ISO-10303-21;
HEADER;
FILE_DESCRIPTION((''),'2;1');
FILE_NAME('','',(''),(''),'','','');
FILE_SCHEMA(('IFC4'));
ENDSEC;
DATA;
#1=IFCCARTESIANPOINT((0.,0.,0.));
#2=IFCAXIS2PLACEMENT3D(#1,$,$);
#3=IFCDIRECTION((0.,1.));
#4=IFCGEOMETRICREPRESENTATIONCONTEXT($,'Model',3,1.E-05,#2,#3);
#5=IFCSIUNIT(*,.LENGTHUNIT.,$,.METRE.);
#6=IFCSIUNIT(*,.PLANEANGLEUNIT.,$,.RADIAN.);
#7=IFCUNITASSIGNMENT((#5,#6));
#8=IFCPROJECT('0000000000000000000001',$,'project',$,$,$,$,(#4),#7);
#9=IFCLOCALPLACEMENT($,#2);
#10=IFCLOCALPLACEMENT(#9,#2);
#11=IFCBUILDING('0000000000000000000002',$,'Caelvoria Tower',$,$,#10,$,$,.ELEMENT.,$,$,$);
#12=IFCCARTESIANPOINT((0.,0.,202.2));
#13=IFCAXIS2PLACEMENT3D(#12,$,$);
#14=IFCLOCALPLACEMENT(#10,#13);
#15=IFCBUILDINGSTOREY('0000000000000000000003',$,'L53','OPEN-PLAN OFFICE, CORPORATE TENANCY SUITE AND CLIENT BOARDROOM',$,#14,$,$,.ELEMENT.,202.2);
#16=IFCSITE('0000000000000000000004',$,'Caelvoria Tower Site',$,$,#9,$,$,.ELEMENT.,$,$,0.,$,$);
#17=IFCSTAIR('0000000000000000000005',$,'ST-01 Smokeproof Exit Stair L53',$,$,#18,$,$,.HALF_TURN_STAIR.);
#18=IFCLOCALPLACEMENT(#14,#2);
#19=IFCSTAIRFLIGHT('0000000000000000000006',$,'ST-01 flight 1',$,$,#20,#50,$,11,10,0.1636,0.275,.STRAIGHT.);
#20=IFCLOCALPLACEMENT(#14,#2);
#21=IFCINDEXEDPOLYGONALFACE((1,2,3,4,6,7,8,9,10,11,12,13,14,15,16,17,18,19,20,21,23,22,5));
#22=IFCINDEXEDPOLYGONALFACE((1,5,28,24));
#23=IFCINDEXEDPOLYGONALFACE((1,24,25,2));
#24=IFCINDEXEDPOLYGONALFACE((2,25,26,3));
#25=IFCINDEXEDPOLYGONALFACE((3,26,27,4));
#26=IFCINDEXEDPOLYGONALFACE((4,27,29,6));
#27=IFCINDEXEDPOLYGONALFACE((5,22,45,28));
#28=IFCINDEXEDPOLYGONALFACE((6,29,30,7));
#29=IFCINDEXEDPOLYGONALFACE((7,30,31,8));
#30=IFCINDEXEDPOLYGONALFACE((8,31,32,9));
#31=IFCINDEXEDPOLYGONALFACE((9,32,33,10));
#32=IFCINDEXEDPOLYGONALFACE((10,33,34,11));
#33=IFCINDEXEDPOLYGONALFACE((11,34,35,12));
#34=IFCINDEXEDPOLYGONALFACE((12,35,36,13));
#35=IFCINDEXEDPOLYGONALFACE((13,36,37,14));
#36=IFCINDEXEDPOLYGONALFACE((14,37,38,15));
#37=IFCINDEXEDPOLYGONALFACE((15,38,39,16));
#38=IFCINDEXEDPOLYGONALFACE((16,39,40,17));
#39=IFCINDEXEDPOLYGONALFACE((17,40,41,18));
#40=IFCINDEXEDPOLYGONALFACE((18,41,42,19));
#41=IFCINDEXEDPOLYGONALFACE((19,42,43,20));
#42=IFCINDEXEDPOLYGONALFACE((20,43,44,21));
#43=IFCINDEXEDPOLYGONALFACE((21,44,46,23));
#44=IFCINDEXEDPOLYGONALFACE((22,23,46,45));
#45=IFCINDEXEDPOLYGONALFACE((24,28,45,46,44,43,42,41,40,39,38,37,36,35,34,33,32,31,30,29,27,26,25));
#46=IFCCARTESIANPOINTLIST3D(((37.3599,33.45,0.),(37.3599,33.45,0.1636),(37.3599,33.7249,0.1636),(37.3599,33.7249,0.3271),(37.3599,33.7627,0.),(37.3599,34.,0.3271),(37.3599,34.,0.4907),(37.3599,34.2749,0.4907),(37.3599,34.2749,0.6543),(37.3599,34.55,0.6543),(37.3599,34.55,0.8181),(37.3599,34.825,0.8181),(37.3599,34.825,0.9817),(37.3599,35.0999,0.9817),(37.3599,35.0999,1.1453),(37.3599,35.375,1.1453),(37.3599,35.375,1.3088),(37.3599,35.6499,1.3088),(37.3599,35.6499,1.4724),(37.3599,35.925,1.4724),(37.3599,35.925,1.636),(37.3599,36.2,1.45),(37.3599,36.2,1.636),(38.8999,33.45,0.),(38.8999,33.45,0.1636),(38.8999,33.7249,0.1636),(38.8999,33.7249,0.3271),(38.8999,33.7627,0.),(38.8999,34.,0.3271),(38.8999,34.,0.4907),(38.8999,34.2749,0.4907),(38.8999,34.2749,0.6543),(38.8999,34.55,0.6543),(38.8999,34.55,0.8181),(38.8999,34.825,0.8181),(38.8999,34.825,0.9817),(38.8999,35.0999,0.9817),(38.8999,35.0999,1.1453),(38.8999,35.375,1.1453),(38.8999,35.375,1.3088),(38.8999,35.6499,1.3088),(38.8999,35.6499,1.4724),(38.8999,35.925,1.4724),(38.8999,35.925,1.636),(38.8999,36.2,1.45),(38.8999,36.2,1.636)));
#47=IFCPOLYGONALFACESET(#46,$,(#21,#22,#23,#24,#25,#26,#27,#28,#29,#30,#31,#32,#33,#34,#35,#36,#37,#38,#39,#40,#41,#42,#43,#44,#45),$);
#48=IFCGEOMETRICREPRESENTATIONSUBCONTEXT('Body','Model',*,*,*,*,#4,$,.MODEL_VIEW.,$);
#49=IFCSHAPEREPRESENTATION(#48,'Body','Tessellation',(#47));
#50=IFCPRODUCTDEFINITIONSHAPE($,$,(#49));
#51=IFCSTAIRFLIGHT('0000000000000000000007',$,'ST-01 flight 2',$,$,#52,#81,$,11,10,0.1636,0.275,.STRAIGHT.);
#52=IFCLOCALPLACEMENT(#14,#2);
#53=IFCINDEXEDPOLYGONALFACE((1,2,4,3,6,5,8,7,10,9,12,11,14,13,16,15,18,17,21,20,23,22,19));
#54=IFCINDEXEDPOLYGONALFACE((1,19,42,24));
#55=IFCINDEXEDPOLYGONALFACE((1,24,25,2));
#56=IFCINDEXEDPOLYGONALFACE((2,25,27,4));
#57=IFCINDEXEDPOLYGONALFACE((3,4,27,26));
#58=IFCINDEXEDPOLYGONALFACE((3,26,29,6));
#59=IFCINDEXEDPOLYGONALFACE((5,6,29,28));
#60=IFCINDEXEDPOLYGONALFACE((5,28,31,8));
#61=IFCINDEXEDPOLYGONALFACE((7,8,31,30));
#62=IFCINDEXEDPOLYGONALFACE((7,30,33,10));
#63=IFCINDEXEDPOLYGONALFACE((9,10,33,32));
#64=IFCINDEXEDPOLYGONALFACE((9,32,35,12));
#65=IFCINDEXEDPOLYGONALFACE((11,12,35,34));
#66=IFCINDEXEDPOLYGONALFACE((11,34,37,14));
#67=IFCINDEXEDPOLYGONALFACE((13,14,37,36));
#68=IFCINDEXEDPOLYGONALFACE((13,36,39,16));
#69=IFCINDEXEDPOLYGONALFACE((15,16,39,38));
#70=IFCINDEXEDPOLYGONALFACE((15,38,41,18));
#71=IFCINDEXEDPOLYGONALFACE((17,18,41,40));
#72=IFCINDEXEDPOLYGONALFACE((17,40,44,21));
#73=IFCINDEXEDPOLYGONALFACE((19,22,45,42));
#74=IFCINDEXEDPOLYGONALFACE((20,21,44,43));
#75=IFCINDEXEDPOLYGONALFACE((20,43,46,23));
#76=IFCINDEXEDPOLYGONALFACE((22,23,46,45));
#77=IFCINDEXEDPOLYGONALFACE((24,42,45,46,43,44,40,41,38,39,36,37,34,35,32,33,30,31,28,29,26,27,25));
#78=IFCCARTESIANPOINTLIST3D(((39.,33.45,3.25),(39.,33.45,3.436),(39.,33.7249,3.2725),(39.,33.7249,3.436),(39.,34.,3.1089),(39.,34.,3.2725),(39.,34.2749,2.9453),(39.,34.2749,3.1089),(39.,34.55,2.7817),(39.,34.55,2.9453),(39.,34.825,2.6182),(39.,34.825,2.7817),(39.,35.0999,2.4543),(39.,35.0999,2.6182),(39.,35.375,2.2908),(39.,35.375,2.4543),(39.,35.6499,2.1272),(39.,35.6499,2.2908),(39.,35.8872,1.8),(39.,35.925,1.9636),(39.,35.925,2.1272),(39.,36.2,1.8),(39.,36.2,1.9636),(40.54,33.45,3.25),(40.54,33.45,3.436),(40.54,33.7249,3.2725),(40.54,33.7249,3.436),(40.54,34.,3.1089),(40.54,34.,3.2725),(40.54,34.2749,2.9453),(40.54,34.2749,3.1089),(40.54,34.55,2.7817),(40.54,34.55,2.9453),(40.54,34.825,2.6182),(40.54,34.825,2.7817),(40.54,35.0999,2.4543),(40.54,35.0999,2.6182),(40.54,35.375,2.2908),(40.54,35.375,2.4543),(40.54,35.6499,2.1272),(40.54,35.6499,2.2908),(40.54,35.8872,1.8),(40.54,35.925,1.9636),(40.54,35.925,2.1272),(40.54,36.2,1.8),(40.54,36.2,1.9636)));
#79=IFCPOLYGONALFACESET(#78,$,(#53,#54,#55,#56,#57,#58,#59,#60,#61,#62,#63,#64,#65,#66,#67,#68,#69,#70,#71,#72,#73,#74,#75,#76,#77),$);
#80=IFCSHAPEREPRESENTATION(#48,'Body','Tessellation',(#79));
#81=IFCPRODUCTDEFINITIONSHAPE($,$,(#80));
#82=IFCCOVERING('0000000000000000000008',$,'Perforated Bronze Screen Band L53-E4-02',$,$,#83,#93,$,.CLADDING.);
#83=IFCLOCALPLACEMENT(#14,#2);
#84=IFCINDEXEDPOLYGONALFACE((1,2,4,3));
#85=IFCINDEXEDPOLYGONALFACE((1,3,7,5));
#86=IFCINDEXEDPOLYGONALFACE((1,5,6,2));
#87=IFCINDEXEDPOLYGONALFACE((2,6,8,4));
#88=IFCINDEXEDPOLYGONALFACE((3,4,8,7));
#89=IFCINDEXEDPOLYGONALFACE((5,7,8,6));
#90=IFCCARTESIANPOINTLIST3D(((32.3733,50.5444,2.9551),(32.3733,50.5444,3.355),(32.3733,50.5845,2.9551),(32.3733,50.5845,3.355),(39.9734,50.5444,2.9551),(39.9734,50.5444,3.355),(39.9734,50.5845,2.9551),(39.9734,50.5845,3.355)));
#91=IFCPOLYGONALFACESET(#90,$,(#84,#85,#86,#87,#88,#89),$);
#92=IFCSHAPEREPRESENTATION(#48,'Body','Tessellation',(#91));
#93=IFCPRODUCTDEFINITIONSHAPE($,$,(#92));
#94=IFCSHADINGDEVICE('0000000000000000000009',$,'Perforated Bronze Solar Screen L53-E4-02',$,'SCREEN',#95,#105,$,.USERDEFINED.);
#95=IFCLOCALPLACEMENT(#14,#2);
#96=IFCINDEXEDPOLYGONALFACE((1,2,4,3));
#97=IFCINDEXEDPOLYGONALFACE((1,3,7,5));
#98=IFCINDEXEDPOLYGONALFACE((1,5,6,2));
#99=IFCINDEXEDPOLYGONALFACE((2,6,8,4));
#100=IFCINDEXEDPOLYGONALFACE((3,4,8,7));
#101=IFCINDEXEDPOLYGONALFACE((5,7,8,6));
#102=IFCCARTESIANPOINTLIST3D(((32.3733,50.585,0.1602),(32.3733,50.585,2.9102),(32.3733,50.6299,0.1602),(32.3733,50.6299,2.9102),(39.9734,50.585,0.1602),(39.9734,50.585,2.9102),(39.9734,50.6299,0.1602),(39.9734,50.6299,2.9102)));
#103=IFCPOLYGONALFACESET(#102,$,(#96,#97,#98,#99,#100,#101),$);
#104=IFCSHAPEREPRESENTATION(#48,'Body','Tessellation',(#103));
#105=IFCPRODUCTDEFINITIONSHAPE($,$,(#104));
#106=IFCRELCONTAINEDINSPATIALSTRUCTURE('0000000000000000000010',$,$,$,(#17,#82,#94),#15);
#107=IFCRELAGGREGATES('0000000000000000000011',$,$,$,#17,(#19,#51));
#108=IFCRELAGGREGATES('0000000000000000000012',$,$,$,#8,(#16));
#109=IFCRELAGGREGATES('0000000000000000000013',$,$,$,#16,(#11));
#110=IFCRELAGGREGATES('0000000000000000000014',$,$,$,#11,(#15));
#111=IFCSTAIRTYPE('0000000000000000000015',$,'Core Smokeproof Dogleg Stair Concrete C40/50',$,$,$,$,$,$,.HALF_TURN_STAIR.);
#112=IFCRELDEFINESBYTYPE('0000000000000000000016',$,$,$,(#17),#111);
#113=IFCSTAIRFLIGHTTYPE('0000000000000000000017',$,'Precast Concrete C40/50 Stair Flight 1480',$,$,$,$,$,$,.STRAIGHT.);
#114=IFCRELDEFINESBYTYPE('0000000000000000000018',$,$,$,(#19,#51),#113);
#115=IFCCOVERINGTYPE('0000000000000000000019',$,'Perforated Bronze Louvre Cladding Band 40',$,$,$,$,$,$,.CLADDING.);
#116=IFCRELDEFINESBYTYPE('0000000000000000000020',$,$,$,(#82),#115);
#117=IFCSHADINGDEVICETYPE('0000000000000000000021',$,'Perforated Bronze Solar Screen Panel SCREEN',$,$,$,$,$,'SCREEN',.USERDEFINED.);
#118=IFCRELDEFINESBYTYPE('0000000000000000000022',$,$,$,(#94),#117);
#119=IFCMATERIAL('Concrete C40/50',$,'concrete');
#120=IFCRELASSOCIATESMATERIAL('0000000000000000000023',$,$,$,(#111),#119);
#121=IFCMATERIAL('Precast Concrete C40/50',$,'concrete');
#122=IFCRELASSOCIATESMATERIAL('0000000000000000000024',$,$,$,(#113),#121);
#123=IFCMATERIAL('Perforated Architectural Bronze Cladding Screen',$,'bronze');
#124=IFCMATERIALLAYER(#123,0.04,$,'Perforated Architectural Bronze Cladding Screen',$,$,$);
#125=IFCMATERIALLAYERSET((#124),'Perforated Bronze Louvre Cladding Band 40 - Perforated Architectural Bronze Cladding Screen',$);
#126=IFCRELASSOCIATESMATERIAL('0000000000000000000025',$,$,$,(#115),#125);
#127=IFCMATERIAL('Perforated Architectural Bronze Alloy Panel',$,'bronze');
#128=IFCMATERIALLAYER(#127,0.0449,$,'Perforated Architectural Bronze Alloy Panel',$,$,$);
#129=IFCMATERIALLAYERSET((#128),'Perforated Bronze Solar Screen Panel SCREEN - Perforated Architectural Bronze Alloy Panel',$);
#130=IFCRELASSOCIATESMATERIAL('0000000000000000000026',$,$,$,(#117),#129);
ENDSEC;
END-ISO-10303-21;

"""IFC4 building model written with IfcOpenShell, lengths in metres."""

from ifc_helpers import new_model, si_unit, direction, frame, origin, origin_2d, place, context, subcontext, project, spatial, polyline, rectangle, outline, extrude, material, layer, layer_set, type_object, element, aggregate, save


model = new_model("IFC4")

# Units and contexts
model_context = context("Model", 3, precision=1e-05, world=origin(), true_north=direction((0.0, 1.0)))
body_context = subcontext(model_context, "Body", "Model", "MODEL_VIEW")
ifc_project = project(units=[si_unit("LENGTHUNIT", "METRE"), si_unit("PLANEANGLEUNIT", "RADIAN")], contexts=[model_context])

# Site, building, storey
site_placement = place(None, origin())
site = spatial("IfcSite", under=ifc_project, at=site_placement, Name="Caelvoria Tower Site", CompositionType="ELEMENT", RefElevation=0.0)
building_placement = place(site_placement, origin())
building = spatial("IfcBuilding", under=site, at=building_placement, Name="Caelvoria Tower", CompositionType="ELEMENT")
storey_placement = place(building_placement, frame((0.0, 0.0, 202.2)))
storey = spatial("IfcBuildingStorey", under=building, at=storey_placement, Name="L53", Description="OPEN-PLAN OFFICE, CORPORATE TENANCY SUITE AND CLIENT BOARDROOM", CompositionType="ELEMENT", Elevation=202.2)

# Stair, stair flights
ifc_material_1 = material(Name="Concrete C40/50", Category="concrete")
stair_type = type_object("IfcStairType", Name="Core Smokeproof Dogleg Stair Concrete C40/50", PredefinedType="HALF_TURN_STAIR", material=ifc_material_1)
stair_placement = place(storey_placement, origin())
stair = element("IfcStair", 1, at=stair_placement, inside=storey, type_object=stair_type, Name="ST-01 Smokeproof Exit Stair L53", PredefinedType="HALF_TURN_STAIR")
ifc_material_2 = material(Name="Precast Concrete C40/50", Category="concrete")
stair_flight_type = type_object("IfcStairFlightType", Name="Precast Concrete C40/50 Stair Flight 1480", PredefinedType="STRAIGHT", material=ifc_material_2)
stair_flight_1_placement = place(storey_placement, frame((38.1299, 33.45, 0.0), z_axis=(0.0, 0.0, 1.0), x_axis=(0.0, 1.0, 0.0)))
stair_flight_1 = element("IfcStairFlight", 2, at=stair_flight_1_placement, type_object=stair_flight_type, Name="ST-01 flight 1", NumberOfRisers=11, NumberOfTreads=10, PredefinedType="STRAIGHT", RiserHeight=0.1636, TreadLength=0.275, context=body_context, shape_type="SweptSolid", body=[
    extrude(outline(polyline([(0.0, 0.0), (0.0, 0.1636), (0.2749, 0.1636), (0.2749, 0.3271), (0.55, 0.3271), (0.55, 0.4907), (0.825, 0.4907), (0.825, 0.6543), (1.1001, 0.6543), (1.1001, 0.8181), (1.375, 0.8181), (1.375, 0.9817), (1.6499, 0.9817), (1.6499, 1.1453), (1.925, 1.1453), (1.925, 1.3088), (2.2, 1.3088), (2.2, 1.4724), (2.4751, 1.4724), (2.4751, 1.636), (2.75, 1.636), (2.75, 1.7996), (2.75, 1.45), (0.3127, 0.0), (0.0, 0.0)])), frame((0.0, 0.77, 0.0), z_axis=(0.0, -1.0, 0.0), x_axis=(1.0, 0.0, 0.0)), (0.0, 0.0, 1.0), 1.54),
])
stair_flight_2_placement = place(storey_placement, frame((39.77, 36.2, 1.8), z_axis=(0.0, 0.0, 1.0), x_axis=(0.0, -1.0, 0.0)))
stair_flight_2 = element("IfcStairFlight", 3, at=stair_flight_2_placement, type_object=stair_flight_type, Name="ST-01 flight 2", NumberOfRisers=11, NumberOfTreads=10, PredefinedType="STRAIGHT", RiserHeight=0.1636, TreadLength=0.275, context=body_context, shape_type="SweptSolid", body=[
    extrude(outline(polyline([(0.0, 0.0), (0.0, 0.1636), (0.2749, 0.1636), (0.2749, 0.3271), (0.55, 0.3271), (0.55, 0.4907), (0.825, 0.4907), (0.825, 0.6543), (1.1001, 0.6543), (1.1001, 0.8181), (1.375, 0.8181), (1.375, 0.9817), (1.6499, 0.9817), (1.6499, 1.1453), (1.925, 1.1453), (1.925, 1.3088), (2.2, 1.3088), (2.2, 1.4724), (2.4751, 1.4724), (2.4751, 1.636), (2.75, 1.636), (2.75, 1.7996), (2.75, 1.45), (0.3127, 0.0), (0.0, 0.0)])), frame((0.0, 0.77, 0.0), z_axis=(0.0, -1.0, 0.0), x_axis=(1.0, 0.0, 0.0)), (0.0, 0.0, 1.0), 1.54),
])
aggregate(stair, [stair_flight_1, stair_flight_2])

# Covering
ifc_material_3 = material(Name="Perforated Architectural Bronze Cladding Screen", Category="bronze")
ifc_layer_1 = layer(ifc_material_3, 0.04, Name="Perforated Architectural Bronze Cladding Screen")
ifc_layer_set_1 = layer_set([ifc_layer_1], Name="Perforated Bronze Louvre Cladding Band 40 - Perforated Architectural Bronze Cladding Screen")
covering_type = type_object("IfcCoveringType", Name="Perforated Bronze Louvre Cladding Band 40", PredefinedType="CLADDING", material=ifc_layer_set_1)
covering_placement = place(storey_placement, frame((36.1733, 50.5645, 2.9551), z_axis=(0.0, 0.0, 1.0), x_axis=(-1.0, 0.0, 0.0)))
element("IfcCovering", 4, at=covering_placement, inside=storey, type_object=covering_type, Name="Perforated Bronze Screen Band L53-E4-02", PredefinedType="CLADDING", context=body_context, shape_type="SweptSolid", body=[
    extrude(rectangle(XDim=7.6001, YDim=0.04, at=origin_2d()), origin(), (0.0, 0.0, 1.0), 0.3999),
])

# Shading device
ifc_material_4 = material(Name="Perforated Architectural Bronze Alloy Panel", Category="bronze")
ifc_layer_2 = layer(ifc_material_4, 0.0449, Name="Perforated Architectural Bronze Alloy Panel")
ifc_layer_set_2 = layer_set([ifc_layer_2], Name="Perforated Bronze Solar Screen Panel SCREEN - Perforated Architectural Bronze Alloy Panel")
shading_device_type = type_object("IfcShadingDeviceType", Name="Perforated Bronze Solar Screen Panel SCREEN", ElementType="SCREEN", PredefinedType="USERDEFINED", material=ifc_layer_set_2)
shading_device_placement = place(storey_placement, frame((36.1733, 50.6074, 0.1602), z_axis=(0.0, 0.0, 1.0), x_axis=(-1.0, 0.0, 0.0)))
element("IfcShadingDevice", 5, at=shading_device_placement, inside=storey, type_object=shading_device_type, Name="Perforated Bronze Solar Screen L53-E4-02", ObjectType="SCREEN", PredefinedType="USERDEFINED", context=body_context, shape_type="SweptSolid", body=[
    extrude(rectangle(XDim=7.6001, YDim=0.0449, at=origin_2d()), origin(), (0.0, 0.0, 1.0), 2.75),
])

save(model, "model.ifc")
